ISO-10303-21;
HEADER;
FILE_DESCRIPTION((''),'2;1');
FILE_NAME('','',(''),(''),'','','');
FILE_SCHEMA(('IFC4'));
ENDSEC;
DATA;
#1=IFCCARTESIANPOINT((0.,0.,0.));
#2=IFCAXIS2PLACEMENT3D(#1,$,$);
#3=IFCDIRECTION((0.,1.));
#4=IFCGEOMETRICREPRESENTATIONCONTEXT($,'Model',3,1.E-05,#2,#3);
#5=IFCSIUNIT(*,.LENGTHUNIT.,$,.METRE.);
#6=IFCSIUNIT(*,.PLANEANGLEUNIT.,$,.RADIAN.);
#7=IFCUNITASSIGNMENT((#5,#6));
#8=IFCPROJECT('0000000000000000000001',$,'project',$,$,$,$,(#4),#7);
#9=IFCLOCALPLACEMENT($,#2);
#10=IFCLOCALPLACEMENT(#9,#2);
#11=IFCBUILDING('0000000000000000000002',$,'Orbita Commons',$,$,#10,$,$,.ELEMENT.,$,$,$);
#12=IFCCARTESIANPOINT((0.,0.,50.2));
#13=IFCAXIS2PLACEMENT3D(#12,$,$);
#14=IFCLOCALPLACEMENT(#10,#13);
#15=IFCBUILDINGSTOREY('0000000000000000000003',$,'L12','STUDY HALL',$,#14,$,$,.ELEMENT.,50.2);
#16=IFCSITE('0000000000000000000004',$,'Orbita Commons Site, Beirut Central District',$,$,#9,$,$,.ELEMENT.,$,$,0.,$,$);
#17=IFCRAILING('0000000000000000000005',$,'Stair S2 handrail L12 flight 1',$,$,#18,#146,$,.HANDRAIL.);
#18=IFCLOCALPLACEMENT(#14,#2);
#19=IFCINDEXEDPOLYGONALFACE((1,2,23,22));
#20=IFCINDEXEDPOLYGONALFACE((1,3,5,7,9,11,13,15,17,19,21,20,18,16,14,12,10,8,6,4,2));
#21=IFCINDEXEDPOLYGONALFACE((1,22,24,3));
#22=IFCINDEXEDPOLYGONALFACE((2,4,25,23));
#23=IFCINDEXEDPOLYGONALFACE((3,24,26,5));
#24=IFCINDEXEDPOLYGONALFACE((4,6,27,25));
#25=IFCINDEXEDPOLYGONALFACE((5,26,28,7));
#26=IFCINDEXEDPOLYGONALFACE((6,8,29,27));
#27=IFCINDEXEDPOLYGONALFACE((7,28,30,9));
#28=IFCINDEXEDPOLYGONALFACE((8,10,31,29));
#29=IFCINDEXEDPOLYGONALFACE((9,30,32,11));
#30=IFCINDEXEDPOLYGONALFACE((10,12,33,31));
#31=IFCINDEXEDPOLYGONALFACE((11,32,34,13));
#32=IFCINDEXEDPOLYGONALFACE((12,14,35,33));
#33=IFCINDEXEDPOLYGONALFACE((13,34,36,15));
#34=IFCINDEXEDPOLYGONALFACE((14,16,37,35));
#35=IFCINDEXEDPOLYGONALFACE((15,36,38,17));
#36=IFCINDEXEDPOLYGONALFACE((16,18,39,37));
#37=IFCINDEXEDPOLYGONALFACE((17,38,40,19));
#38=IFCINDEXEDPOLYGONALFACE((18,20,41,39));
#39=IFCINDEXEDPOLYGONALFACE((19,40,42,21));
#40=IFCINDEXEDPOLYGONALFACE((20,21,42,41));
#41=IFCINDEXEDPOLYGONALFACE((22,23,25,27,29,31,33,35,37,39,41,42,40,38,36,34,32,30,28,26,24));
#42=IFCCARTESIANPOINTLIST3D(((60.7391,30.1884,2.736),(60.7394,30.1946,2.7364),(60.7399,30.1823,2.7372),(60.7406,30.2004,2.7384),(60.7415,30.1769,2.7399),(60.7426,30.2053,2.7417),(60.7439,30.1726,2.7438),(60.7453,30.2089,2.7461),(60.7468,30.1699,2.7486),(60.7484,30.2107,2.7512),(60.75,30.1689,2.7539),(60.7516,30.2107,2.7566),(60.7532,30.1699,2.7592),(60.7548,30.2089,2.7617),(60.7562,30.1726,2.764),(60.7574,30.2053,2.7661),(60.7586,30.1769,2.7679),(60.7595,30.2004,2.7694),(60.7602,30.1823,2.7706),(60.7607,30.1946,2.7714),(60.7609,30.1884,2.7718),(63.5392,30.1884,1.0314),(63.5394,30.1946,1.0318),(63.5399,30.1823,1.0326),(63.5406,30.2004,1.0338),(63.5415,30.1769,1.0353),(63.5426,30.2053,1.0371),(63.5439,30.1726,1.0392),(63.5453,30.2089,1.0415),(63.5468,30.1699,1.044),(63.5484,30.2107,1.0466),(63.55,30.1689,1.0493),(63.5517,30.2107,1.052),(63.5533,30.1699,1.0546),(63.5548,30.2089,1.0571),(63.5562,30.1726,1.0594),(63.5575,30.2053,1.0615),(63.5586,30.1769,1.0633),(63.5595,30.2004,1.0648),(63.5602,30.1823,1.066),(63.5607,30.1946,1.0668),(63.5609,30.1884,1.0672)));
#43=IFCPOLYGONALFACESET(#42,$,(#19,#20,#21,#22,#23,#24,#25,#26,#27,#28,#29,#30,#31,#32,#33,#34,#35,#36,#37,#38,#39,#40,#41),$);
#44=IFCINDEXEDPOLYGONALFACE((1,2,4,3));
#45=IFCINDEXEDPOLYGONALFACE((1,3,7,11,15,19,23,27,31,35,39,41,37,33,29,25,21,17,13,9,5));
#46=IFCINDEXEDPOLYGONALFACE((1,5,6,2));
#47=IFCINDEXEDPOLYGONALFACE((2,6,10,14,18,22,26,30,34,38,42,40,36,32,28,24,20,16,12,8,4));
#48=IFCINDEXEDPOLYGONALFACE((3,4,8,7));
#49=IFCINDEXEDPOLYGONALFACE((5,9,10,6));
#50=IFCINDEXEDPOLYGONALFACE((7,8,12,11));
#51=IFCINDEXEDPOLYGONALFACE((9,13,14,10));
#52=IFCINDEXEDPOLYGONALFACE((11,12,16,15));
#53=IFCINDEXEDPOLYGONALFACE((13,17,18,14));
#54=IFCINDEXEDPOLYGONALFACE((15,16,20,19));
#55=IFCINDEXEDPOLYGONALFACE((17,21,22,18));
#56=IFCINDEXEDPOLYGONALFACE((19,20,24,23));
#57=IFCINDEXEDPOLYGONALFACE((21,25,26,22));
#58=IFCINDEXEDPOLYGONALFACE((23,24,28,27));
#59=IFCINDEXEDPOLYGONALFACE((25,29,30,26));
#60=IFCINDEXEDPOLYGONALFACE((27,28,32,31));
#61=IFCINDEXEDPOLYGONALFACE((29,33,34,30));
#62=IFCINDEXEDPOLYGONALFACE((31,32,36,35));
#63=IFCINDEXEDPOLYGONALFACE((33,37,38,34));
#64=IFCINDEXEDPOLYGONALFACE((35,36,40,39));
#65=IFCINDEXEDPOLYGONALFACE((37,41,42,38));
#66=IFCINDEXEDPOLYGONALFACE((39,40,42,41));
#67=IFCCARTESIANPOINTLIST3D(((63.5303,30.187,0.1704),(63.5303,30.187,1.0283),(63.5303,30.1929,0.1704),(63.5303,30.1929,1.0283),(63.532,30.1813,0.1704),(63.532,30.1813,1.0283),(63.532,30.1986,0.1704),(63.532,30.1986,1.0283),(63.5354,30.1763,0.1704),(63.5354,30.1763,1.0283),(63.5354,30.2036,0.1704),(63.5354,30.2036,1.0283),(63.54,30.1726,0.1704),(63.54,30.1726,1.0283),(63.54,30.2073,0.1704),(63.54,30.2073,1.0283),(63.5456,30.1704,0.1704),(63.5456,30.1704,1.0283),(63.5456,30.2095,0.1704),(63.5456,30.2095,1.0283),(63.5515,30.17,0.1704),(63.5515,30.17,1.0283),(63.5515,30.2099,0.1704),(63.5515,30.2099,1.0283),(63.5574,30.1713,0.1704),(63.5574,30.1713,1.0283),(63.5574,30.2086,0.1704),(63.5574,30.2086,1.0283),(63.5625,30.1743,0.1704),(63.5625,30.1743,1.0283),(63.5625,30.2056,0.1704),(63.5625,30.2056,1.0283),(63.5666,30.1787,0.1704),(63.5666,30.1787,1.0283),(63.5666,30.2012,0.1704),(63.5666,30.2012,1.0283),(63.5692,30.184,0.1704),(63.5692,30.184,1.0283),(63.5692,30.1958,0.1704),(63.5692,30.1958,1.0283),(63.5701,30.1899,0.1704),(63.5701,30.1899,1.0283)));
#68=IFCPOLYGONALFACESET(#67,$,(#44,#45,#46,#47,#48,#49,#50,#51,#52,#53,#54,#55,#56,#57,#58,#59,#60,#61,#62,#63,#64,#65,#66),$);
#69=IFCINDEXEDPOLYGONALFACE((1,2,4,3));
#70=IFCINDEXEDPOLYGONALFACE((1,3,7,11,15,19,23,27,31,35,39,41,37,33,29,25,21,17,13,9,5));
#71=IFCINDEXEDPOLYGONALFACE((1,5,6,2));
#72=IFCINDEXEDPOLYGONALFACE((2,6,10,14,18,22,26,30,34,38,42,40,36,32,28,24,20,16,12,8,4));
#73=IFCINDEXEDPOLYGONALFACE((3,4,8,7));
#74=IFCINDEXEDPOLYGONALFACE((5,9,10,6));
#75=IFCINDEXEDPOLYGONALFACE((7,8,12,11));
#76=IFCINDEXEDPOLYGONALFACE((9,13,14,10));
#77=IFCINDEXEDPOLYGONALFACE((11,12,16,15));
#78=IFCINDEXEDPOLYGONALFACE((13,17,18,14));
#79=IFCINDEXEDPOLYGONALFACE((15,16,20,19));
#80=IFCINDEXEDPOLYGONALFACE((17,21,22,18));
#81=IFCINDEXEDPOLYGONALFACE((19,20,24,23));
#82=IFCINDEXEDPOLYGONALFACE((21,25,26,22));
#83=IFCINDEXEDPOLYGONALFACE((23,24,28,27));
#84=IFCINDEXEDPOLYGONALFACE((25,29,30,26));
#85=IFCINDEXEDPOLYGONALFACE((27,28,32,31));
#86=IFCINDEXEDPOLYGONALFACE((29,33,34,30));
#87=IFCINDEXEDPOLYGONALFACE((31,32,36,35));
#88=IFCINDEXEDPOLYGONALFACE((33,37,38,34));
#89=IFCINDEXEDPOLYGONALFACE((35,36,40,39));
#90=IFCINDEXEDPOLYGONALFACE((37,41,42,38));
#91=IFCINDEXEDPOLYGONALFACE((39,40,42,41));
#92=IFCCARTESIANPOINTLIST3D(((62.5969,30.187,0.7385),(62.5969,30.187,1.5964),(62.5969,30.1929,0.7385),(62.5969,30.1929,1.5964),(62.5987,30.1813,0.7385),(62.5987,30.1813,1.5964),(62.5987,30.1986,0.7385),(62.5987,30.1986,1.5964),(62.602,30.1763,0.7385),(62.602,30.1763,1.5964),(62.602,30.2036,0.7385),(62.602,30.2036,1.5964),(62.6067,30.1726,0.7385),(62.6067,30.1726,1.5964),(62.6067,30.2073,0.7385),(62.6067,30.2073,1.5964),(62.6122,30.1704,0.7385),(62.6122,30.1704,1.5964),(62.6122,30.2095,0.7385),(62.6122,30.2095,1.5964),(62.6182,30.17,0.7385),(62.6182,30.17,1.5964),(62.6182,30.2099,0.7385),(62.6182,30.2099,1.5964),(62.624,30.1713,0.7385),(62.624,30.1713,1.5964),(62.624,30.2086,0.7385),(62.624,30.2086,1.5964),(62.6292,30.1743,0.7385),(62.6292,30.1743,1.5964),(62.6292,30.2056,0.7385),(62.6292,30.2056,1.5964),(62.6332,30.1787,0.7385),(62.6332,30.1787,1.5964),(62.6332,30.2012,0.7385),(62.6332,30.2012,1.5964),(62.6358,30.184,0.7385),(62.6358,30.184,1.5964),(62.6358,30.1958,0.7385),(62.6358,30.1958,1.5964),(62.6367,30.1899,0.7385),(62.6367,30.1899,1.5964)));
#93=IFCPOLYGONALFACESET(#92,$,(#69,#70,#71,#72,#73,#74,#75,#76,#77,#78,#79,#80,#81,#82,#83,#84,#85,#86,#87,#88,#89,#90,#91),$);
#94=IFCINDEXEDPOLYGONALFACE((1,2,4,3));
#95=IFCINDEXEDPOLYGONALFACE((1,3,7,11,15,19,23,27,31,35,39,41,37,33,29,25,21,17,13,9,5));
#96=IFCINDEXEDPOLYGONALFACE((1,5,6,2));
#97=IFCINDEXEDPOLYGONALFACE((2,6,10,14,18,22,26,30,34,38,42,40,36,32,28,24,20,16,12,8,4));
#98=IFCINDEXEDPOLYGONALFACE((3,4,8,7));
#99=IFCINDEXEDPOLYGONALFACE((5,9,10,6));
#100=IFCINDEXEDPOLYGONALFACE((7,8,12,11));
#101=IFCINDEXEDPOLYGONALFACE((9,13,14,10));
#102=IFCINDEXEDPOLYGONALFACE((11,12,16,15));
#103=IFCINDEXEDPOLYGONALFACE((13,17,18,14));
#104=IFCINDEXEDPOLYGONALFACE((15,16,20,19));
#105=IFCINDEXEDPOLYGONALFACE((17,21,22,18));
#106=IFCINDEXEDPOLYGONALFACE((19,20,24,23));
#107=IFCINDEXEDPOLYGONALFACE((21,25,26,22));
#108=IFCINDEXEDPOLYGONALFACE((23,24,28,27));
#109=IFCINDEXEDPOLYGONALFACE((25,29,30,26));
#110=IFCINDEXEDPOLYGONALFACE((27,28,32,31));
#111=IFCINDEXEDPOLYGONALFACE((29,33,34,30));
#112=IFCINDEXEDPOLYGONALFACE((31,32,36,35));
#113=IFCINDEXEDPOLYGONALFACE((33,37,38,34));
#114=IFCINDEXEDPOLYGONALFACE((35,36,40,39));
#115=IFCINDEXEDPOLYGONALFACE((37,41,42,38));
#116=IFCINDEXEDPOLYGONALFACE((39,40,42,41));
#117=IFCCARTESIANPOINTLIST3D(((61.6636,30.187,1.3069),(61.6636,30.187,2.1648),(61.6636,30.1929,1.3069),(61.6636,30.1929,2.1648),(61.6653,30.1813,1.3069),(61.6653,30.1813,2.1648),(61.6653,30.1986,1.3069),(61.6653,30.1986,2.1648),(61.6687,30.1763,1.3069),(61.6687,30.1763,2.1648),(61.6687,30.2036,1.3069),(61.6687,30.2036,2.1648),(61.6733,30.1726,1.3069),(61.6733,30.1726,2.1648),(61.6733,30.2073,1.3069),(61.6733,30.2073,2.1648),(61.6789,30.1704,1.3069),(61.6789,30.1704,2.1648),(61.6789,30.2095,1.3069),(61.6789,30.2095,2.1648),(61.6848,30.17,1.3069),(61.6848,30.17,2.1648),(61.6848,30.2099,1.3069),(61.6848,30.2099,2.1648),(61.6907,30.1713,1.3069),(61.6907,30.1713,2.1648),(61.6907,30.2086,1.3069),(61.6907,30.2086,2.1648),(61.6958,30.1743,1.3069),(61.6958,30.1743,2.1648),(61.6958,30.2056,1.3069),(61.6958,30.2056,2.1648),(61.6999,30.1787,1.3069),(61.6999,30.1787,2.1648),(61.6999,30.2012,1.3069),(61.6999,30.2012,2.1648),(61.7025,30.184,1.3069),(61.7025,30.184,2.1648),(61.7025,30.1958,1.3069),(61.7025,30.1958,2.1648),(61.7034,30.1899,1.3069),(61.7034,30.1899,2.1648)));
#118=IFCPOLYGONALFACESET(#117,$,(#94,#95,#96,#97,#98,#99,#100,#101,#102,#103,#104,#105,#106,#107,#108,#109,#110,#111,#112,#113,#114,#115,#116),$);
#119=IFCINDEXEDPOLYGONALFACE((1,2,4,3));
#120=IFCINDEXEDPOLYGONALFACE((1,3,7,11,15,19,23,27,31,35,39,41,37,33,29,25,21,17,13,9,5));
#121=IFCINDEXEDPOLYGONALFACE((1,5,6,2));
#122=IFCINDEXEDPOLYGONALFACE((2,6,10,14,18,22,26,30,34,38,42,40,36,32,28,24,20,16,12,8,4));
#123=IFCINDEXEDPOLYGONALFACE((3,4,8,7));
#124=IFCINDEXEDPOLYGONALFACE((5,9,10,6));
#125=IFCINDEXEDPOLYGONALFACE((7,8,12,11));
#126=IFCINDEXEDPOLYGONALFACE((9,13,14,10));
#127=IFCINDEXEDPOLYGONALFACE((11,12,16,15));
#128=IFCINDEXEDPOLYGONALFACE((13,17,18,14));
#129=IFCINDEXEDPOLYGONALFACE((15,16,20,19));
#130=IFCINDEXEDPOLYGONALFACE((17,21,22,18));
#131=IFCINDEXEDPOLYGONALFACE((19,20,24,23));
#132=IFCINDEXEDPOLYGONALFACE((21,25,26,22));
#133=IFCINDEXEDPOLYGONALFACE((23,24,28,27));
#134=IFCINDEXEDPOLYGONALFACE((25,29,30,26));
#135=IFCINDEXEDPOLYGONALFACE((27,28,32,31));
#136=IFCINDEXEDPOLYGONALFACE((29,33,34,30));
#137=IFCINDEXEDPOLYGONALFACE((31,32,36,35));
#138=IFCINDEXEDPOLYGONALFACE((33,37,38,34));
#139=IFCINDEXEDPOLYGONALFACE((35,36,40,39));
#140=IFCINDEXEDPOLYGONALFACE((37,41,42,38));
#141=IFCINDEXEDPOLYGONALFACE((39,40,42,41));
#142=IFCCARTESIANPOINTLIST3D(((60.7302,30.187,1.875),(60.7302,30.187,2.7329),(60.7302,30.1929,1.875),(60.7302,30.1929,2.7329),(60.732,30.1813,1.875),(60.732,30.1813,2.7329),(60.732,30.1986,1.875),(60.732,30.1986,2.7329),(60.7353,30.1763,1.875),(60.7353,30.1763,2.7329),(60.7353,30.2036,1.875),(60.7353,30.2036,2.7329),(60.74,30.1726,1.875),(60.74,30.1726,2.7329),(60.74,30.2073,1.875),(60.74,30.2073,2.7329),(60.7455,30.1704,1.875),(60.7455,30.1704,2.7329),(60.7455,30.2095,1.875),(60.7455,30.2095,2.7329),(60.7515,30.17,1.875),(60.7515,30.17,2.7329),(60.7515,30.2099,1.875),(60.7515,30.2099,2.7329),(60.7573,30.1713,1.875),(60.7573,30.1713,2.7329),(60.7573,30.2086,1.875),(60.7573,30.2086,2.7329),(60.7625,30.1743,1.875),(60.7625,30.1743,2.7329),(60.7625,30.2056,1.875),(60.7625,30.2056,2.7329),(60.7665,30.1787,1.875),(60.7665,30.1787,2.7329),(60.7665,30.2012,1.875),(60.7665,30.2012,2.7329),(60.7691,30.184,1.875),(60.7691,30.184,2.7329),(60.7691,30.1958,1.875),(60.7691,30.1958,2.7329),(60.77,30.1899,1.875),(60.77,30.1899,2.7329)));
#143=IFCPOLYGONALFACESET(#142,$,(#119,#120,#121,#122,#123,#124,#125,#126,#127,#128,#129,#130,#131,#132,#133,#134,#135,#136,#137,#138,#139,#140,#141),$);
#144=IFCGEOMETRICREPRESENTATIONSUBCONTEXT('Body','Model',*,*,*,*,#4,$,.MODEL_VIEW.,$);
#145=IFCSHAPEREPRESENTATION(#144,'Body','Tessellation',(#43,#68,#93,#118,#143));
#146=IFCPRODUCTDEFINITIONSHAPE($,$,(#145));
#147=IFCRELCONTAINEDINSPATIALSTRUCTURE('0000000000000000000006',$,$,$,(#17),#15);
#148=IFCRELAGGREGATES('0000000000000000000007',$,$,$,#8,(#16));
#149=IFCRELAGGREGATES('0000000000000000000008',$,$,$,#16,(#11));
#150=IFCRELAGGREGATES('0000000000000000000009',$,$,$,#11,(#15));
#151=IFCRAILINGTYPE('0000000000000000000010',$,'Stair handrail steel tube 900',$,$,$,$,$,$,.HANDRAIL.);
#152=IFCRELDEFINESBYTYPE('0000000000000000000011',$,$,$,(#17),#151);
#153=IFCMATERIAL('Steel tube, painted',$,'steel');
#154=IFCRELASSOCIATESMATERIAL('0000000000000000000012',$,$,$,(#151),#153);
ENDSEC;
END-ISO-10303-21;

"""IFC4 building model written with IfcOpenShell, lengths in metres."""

from ifc_helpers import new_model, si_unit, direction, frame, origin, origin_2d, place, context, subcontext, project, spatial, circle, extrude, material, type_object, element, save


model = new_model("IFC4")

# Units and contexts
model_context = context("Model", 3, precision=1e-05, world=origin(), true_north=direction((0.0, 1.0)))
body_context = subcontext(model_context, "Body", "Model", "MODEL_VIEW")
ifc_project = project(units=[si_unit("LENGTHUNIT", "METRE"), si_unit("PLANEANGLEUNIT", "RADIAN")], contexts=[model_context])

# Site, building, storey
site_placement = place(None, origin())
site = spatial("IfcSite", under=ifc_project, at=site_placement, Name="Orbita Commons Site, Beirut Central District", CompositionType="ELEMENT", RefElevation=0.0)
building_placement = place(site_placement, origin())
building = spatial("IfcBuilding", under=site, at=building_placement, Name="Orbita Commons", CompositionType="ELEMENT")
storey_placement = place(building_placement, frame((0.0, 0.0, 50.2)))
storey = spatial("IfcBuildingStorey", under=building, at=storey_placement, Name="L12", Description="STUDY HALL", CompositionType="ELEMENT", Elevation=50.2)

# Railing
ifc_material_1 = material(Name="Steel tube, painted", Category="steel")
railing_type = type_object("IfcRailingType", Name="Stair handrail steel tube 900", PredefinedType="HANDRAIL", material=ifc_material_1)
for number, where, name in (
    (1, (63.55, 30.1899, 0.1704), "Stair S2 handrail L12 flight 1"),
):
    element("IfcRailing", number, at=place(storey_placement, frame(where)), inside=storey, type_object=railing_type, Name=name, PredefinedType="HANDRAIL", context=body_context, shape_type="SweptSolid", body=[
        extrude(circle(Radius=0.021, at=origin_2d()), frame((0.0, 0.0, 0.8789), z_axis=(-0.85417, 0.0, 0.519994), x_axis=(0.0, -1.0, 0.0)), (0.0, 0.0, 1.0), 3.2781),
        extrude(circle(Radius=0.02, at=origin_2d()), origin(), (0.0, 0.0, 1.0), 0.8579),
        extrude(circle(Radius=0.02, at=origin_2d()), frame((-0.9333, 0.0, 0.5681)), (0.0, 0.0, 1.0), 0.8579),
        extrude(circle(Radius=0.02, at=origin_2d()), frame((-1.8667, 0.0, 1.1365)), (0.0, 0.0, 1.0), 0.8579),
        extrude(circle(Radius=0.02, at=origin_2d()), frame((-2.8, 0.0, 1.7046)), (0.0, 0.0, 1.0), 0.8579),
    ])

save(model, "model.ifc")
